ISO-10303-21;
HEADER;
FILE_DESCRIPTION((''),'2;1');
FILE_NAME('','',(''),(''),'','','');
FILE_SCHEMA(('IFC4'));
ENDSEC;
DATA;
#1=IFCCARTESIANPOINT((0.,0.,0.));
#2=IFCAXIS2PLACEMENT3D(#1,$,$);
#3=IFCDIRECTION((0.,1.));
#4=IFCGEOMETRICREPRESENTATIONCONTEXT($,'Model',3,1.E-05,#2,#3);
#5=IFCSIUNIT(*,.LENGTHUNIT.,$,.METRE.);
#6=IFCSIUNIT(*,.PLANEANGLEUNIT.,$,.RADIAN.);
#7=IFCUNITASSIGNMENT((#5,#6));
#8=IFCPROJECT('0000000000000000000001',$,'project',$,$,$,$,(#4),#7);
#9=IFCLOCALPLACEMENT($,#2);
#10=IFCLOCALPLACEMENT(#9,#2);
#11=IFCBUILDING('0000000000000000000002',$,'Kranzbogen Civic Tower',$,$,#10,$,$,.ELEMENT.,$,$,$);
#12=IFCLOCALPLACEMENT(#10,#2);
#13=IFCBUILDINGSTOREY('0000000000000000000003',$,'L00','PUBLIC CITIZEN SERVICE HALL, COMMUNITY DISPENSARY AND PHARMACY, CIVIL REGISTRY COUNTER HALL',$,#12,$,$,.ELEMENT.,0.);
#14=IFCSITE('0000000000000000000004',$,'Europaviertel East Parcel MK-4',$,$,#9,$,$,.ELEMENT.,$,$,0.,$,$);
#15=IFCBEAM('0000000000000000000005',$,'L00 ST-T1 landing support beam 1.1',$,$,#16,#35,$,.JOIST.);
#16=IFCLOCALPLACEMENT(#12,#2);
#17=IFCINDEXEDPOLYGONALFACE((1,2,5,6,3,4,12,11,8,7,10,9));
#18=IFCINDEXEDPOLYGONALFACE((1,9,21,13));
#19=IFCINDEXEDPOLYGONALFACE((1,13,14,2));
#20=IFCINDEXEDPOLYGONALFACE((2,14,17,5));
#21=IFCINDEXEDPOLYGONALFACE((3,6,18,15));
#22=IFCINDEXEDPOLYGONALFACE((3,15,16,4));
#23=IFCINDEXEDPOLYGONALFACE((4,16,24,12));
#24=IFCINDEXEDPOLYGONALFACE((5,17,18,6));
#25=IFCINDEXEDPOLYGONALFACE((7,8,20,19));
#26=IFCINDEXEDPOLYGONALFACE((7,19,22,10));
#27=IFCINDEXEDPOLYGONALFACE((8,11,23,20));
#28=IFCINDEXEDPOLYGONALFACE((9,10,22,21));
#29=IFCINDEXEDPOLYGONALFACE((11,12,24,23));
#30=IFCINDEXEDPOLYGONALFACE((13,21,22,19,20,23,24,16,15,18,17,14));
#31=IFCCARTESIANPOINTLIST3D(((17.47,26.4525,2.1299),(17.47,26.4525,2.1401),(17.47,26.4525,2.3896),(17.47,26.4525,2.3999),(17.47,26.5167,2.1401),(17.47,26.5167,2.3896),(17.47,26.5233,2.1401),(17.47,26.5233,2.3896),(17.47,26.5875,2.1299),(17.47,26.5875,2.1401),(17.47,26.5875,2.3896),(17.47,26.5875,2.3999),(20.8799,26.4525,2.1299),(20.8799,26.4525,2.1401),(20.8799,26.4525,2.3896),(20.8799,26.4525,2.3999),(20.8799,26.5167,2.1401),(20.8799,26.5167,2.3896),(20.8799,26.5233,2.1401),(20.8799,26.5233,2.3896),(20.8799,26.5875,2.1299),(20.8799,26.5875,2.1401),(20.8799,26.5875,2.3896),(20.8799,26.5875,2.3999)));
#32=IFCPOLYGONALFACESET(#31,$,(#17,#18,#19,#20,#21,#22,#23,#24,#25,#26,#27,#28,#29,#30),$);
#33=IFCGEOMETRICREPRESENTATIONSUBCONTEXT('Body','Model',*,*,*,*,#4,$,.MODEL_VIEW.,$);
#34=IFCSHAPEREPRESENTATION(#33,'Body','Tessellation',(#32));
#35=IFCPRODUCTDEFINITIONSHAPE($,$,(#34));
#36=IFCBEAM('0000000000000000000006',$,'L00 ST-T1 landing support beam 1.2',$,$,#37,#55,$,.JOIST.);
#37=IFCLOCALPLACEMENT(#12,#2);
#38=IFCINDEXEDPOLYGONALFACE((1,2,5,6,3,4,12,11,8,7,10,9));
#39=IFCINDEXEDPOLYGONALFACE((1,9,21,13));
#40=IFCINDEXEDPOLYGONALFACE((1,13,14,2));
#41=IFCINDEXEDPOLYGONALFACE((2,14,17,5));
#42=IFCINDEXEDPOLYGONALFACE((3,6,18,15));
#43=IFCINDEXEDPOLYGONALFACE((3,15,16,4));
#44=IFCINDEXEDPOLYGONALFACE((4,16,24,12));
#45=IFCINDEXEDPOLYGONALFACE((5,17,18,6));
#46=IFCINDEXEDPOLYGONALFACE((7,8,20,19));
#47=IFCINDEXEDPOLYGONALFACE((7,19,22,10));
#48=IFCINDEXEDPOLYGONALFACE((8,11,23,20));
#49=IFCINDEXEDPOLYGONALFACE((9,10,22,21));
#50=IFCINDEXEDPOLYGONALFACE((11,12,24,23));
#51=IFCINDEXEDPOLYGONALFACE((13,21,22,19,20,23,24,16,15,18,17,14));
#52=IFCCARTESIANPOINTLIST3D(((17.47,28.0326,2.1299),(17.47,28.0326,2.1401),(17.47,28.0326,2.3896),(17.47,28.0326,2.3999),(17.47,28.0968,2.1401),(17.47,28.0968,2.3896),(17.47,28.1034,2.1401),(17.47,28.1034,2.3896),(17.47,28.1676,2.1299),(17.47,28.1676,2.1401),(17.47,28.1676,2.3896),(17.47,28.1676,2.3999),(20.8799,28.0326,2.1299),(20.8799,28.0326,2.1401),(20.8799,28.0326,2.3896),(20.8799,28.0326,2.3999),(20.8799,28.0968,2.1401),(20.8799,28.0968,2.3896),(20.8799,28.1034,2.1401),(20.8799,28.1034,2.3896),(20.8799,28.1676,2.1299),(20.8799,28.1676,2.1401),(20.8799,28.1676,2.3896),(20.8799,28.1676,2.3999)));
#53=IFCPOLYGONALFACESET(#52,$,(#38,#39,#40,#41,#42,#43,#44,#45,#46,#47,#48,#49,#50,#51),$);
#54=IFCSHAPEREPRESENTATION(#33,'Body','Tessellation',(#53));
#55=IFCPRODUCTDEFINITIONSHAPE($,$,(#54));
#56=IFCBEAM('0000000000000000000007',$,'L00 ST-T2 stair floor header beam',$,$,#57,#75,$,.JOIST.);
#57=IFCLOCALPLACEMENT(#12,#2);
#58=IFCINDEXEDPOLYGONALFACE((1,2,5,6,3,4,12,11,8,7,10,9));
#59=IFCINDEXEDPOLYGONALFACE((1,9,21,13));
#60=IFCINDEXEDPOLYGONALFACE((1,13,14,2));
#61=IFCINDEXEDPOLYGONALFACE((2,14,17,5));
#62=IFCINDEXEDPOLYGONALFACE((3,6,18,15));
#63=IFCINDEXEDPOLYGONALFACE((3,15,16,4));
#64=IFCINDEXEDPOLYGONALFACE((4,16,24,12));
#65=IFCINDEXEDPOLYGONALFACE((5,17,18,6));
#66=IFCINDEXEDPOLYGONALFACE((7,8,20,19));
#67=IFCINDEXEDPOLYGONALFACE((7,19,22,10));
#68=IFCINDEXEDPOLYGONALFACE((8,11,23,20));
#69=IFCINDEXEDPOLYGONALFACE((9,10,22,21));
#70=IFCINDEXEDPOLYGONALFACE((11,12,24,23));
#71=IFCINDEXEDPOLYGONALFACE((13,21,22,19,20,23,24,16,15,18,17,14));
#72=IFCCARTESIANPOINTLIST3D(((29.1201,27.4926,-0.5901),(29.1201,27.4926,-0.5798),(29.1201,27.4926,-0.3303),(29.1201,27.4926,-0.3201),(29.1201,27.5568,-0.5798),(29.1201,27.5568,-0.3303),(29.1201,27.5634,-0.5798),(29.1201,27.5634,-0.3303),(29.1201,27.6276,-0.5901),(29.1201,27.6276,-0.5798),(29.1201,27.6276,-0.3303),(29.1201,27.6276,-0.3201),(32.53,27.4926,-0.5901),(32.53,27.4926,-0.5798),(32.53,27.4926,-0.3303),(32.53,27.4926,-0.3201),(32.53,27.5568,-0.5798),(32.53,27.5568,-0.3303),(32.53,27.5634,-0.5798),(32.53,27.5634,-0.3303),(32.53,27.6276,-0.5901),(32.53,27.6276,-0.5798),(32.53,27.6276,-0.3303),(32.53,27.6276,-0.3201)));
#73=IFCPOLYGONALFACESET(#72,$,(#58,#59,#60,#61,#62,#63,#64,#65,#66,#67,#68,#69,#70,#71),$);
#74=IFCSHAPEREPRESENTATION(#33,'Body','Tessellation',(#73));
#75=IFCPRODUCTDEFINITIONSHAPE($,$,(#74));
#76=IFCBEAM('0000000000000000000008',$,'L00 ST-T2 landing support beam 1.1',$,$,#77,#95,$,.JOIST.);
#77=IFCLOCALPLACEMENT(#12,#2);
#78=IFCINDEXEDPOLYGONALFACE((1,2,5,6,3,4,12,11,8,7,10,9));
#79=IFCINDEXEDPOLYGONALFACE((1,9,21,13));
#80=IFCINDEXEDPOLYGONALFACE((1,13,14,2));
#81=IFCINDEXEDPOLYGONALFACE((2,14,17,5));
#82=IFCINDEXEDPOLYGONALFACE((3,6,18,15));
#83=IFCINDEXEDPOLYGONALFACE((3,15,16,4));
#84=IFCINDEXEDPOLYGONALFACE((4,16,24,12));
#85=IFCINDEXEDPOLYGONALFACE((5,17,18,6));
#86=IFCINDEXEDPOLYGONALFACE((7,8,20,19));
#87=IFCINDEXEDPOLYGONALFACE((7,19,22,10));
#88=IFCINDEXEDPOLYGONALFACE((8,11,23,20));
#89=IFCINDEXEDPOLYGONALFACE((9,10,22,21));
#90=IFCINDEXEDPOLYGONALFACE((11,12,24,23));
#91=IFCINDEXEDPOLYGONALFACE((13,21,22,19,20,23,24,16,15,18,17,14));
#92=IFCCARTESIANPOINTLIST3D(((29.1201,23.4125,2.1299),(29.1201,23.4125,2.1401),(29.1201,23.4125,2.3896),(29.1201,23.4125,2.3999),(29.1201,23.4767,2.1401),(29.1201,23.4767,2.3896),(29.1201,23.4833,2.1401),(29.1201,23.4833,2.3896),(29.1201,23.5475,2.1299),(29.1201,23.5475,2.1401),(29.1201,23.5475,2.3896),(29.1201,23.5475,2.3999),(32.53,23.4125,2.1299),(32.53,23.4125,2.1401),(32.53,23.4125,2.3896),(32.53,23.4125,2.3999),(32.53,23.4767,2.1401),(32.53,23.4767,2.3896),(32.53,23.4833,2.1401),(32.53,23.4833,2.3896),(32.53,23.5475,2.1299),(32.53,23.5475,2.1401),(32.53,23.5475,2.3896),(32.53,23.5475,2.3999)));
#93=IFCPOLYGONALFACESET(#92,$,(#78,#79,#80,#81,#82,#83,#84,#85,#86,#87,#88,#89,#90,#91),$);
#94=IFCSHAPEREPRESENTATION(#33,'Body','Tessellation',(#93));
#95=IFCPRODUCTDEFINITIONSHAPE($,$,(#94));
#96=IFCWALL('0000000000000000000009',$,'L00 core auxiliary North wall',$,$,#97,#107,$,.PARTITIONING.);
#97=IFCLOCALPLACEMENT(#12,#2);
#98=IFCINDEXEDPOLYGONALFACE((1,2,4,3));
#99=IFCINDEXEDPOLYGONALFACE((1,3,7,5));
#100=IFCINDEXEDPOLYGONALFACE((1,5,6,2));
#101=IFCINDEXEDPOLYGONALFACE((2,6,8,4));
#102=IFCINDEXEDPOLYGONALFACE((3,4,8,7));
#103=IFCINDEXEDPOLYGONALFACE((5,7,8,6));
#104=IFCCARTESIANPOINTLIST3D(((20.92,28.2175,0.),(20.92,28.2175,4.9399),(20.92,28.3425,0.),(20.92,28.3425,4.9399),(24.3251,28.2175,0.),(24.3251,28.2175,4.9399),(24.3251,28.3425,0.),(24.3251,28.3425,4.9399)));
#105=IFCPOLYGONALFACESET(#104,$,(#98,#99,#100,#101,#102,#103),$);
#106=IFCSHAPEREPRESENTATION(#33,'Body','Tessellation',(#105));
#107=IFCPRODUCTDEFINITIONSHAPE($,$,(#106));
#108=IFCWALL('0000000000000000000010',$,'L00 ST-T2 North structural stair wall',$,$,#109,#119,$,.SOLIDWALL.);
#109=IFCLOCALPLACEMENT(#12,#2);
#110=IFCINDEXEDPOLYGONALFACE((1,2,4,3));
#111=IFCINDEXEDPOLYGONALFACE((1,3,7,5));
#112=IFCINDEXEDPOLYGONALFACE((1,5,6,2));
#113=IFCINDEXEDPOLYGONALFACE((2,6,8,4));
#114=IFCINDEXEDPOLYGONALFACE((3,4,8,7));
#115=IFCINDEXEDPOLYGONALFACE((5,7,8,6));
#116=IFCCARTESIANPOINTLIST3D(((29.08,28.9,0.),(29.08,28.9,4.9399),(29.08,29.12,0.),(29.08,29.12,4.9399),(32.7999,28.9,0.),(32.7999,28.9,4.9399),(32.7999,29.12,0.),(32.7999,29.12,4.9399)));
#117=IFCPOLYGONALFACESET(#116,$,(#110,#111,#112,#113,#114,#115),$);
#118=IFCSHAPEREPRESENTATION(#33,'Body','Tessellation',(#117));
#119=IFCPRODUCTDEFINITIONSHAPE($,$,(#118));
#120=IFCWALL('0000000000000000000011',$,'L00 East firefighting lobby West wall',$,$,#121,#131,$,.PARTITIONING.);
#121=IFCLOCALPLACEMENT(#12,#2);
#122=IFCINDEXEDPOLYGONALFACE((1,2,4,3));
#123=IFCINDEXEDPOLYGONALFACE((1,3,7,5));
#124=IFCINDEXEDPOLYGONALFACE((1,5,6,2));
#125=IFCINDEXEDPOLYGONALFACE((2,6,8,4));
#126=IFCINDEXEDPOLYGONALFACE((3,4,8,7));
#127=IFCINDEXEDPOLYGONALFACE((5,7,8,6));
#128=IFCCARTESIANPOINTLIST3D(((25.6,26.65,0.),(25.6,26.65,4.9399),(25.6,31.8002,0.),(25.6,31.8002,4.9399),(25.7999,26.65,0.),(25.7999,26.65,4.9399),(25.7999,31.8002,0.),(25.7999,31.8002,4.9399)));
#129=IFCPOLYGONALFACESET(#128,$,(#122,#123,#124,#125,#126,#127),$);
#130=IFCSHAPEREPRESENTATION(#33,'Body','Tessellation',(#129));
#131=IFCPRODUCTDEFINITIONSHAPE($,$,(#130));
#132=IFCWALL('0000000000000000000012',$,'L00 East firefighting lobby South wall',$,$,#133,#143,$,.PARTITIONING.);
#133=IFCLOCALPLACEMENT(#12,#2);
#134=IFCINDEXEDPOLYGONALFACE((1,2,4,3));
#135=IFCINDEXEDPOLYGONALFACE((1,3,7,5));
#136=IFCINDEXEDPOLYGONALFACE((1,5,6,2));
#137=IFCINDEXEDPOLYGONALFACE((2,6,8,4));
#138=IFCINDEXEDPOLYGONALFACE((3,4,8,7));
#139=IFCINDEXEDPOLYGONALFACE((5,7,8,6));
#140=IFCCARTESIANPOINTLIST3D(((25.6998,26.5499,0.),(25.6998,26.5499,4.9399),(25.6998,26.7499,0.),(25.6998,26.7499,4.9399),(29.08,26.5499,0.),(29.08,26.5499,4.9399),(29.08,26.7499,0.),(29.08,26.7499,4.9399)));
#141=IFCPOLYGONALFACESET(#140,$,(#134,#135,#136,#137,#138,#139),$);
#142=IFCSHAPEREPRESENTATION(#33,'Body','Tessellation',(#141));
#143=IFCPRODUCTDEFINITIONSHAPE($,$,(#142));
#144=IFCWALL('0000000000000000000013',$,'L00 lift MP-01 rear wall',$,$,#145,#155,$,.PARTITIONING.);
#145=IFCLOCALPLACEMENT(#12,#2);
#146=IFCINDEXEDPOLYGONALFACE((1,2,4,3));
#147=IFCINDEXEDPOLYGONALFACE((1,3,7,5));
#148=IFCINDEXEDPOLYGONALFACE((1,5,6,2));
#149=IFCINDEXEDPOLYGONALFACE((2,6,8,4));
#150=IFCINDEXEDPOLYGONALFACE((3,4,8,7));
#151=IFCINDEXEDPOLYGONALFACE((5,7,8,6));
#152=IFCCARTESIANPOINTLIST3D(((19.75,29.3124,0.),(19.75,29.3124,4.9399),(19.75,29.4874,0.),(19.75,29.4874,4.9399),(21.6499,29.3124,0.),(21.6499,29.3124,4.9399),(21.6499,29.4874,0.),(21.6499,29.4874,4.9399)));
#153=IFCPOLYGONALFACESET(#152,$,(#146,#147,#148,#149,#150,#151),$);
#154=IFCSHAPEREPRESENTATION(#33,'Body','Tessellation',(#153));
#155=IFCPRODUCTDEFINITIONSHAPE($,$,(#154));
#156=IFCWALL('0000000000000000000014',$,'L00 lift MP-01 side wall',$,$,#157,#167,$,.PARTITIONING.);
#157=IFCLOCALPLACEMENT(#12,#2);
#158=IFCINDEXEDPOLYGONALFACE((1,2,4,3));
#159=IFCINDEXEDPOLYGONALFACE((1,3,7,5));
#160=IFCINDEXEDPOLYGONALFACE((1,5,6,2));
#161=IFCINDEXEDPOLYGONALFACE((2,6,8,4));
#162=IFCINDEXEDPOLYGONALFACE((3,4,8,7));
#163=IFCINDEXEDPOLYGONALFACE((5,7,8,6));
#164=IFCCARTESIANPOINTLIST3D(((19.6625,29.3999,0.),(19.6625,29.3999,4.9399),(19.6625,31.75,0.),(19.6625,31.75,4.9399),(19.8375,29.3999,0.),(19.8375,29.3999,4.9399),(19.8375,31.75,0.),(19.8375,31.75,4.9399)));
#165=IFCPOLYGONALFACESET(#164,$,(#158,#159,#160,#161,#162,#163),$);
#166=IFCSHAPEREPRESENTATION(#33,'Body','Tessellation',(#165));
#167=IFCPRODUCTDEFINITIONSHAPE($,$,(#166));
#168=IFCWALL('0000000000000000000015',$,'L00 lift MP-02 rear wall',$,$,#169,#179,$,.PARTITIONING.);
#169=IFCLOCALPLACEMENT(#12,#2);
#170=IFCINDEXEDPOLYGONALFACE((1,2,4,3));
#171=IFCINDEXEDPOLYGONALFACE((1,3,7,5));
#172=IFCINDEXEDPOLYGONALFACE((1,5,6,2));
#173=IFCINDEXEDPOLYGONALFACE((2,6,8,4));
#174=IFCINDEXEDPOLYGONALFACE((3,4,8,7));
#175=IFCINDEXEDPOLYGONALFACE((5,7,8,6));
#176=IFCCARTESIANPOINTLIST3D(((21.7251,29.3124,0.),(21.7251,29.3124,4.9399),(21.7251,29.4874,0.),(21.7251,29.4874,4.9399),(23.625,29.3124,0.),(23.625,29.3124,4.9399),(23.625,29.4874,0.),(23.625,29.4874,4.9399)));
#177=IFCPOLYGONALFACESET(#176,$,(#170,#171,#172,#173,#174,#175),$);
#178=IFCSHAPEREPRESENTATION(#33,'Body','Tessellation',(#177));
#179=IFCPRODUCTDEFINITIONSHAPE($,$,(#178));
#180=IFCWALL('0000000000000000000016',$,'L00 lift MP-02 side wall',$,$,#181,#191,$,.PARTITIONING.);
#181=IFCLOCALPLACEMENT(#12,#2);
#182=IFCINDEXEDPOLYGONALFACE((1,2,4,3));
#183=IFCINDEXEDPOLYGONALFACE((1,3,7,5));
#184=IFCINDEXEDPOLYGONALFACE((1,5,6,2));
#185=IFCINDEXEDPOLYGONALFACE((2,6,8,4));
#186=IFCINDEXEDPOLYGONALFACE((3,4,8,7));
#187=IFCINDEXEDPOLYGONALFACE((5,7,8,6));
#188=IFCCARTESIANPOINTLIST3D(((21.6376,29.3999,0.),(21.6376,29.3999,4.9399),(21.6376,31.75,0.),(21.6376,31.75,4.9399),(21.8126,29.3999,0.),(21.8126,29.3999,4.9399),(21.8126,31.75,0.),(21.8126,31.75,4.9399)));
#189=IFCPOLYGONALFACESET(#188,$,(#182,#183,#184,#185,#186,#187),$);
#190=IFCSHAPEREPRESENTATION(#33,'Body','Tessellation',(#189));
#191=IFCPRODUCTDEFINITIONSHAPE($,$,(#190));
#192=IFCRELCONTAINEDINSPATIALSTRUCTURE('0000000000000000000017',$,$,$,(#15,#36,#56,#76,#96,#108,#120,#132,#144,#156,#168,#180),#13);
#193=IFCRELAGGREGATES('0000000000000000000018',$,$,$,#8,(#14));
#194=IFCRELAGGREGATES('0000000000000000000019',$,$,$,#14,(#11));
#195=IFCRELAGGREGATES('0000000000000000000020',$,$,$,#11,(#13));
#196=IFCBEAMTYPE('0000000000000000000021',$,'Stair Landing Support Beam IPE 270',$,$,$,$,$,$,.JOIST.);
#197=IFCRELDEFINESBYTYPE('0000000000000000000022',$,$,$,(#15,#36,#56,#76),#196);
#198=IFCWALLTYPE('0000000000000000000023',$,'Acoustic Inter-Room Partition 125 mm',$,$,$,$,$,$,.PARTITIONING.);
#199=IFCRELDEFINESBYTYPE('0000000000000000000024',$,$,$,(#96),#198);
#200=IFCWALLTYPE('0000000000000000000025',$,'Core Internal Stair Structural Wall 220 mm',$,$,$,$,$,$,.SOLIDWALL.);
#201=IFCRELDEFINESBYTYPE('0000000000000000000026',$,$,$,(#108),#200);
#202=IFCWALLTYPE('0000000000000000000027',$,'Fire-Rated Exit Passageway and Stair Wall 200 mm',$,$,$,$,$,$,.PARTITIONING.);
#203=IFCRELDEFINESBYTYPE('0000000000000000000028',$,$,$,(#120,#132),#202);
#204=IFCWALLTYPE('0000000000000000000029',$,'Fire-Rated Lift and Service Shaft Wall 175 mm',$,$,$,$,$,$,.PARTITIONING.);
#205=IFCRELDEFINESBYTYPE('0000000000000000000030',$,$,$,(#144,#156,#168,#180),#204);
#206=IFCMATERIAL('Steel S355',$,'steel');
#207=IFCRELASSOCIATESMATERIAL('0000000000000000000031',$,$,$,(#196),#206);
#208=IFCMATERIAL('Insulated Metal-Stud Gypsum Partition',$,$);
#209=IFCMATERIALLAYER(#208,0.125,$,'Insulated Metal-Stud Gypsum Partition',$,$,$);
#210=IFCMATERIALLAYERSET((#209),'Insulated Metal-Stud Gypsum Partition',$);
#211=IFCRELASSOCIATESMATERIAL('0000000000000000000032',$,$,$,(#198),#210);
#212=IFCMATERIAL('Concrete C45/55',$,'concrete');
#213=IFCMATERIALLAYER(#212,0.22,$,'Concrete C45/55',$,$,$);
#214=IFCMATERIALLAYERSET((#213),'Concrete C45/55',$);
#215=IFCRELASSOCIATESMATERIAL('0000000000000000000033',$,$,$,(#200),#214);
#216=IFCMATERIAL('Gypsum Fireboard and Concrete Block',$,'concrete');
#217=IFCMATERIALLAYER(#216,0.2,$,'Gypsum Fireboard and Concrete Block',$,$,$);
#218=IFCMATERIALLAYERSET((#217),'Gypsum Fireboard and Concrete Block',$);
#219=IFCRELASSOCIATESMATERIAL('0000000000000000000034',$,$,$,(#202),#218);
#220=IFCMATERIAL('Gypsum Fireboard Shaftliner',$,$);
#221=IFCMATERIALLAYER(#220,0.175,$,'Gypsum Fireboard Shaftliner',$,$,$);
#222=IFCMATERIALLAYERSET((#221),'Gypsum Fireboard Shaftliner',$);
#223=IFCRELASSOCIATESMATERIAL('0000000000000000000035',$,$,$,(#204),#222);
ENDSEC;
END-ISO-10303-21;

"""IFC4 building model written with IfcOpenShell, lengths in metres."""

from ifc_helpers import new_model, si_unit, direction, frame, frame_2d, origin, origin_2d, place, context, subcontext, project, spatial, rectangle, i_section, extrude, material, layer, layer_set, material_profile, profile_set, type_object, element, save


model = new_model("IFC4")

# Units and contexts
model_context = context("Model", 3, precision=1e-05, world=origin(), true_north=direction((0.0, 1.0)))
body_context = subcontext(model_context, "Body", "Model", "MODEL_VIEW")
ifc_project = project(units=[si_unit("LENGTHUNIT", "METRE"), si_unit("PLANEANGLEUNIT", "RADIAN")], contexts=[model_context])

# Site, building, storey
site_placement = place(None, origin())
site = spatial("IfcSite", under=ifc_project, at=site_placement, Name="Europaviertel East Parcel MK-4", CompositionType="ELEMENT", RefElevation=0.0)
building_placement = place(site_placement, origin())
building = spatial("IfcBuilding", under=site, at=building_placement, Name="Kranzbogen Civic Tower", CompositionType="ELEMENT")
storey_placement = place(building_placement, origin())
storey = spatial("IfcBuildingStorey", under=building, at=storey_placement, Name="L00", Description="PUBLIC CITIZEN SERVICE HALL, COMMUNITY DISPENSARY AND PHARMACY, CIVIL REGISTRY COUNTER HALL", CompositionType="ELEMENT", Elevation=0.0)

# Beams
ifc_material_1 = material(Name="Steel S355", Category="steel")
ifc_material_profile = material_profile(ifc_material_1, i_section(OverallWidth=0.135, OverallDepth=0.27, WebThickness=0.0066, FlangeThickness=0.0103, at=origin_2d()), Name="IPE 270")
ifc_profile_set = profile_set([ifc_material_profile], Name="Steel S355")
beam_type = type_object("IfcBeamType", Name="Stair Landing Support Beam IPE 270", PredefinedType="JOIST", material=ifc_profile_set)
for number, where, z_axis, x_axis, name in (
    (1, (20.8799, 26.52, 2.2649), (-1.0, 0.0, 0.0), (0.0, -1.0, 0.0), "L00 ST-T1 landing support beam 1.1"),
    (2, (20.8799, 28.1001, 2.2649), (-1.0, 0.0, 0.0), (0.0, -1.0, 0.0), "L00 ST-T1 landing support beam 1.2"),
    (3, (29.1201, 27.5601, -0.4551), (1.0, 0.0, 0.0), (0.0, 1.0, 0.0), "L00 ST-T2 stair floor header beam"),
    (4, (29.1201, 23.48, 2.2649), (1.0, 0.0, 0.0), (0.0, 1.0, 0.0), "L00 ST-T2 landing support beam 1.1"),
):
    element("IfcBeam", number, at=place(storey_placement, frame(where, z_axis=z_axis, x_axis=x_axis)), inside=storey, type_object=beam_type, Name=name, PredefinedType="JOIST", context=body_context, shape_type="SweptSolid", body=[
        extrude(i_section(OverallWidth=0.135, OverallDepth=0.27, WebThickness=0.0066, FlangeThickness=0.0103, at=origin_2d()), origin(), (0.0, 0.0, 1.0), 3.4099),
    ])

# Walls
ifc_material_2 = material(Name="Insulated Metal-Stud Gypsum Partition")
ifc_layer_1 = layer(ifc_material_2, 0.125, Name="Insulated Metal-Stud Gypsum Partition")
ifc_layer_set_1 = layer_set([ifc_layer_1], Name="Insulated Metal-Stud Gypsum Partition")
wall_type_1 = type_object("IfcWallType", Name="Acoustic Inter-Room Partition 125 mm", PredefinedType="PARTITIONING", material=ifc_layer_set_1)
wall_1_placement = place(storey_placement, frame((20.9199, 28.28, 0.0), z_axis=(0.0, 0.0, 1.0), x_axis=(1.0, 0.0, 0.0)))
element("IfcWall", 5, at=wall_1_placement, inside=storey, type_object=wall_type_1, Name="L00 core auxiliary North wall", PredefinedType="PARTITIONING", context=body_context, shape_type="SweptSolid", body=[
    extrude(rectangle(XDim=3.405, YDim=0.125, at=frame_2d((1.7026, 0.0))), origin(), (0.0, 0.0, 1.0), 4.9399),
])
ifc_material_3 = material(Name="Concrete C45/55", Category="concrete")
ifc_layer_2 = layer(ifc_material_3, 0.22, Name="Concrete C45/55")
ifc_layer_set_2 = layer_set([ifc_layer_2], Name="Concrete C45/55")
wall_type_2 = type_object("IfcWallType", Name="Core Internal Stair Structural Wall 220 mm", PredefinedType="SOLIDWALL", material=ifc_layer_set_2)
wall_2_placement = place(storey_placement, frame((29.0801, 29.01, 0.0), z_axis=(0.0, 0.0, 1.0), x_axis=(1.0, 0.0, 0.0)))
element("IfcWall", 6, at=wall_2_placement, inside=storey, type_object=wall_type_2, Name="L00 ST-T2 North structural stair wall", PredefinedType="SOLIDWALL", context=body_context, shape_type="SweptSolid", body=[
    extrude(rectangle(XDim=3.72, YDim=0.22, at=frame_2d((1.8599, 0.0))), origin(), (0.0, 0.0, 1.0), 4.9399),
])
ifc_material_4 = material(Name="Gypsum Fireboard and Concrete Block", Category="concrete")
ifc_layer_3 = layer(ifc_material_4, 0.2, Name="Gypsum Fireboard and Concrete Block")
ifc_layer_set_3 = layer_set([ifc_layer_3], Name="Gypsum Fireboard and Concrete Block")
wall_type_3 = type_object("IfcWallType", Name="Fire-Rated Exit Passageway and Stair Wall 200 mm", PredefinedType="PARTITIONING", material=ifc_layer_set_3)
wall_3_placement = place(storey_placement, frame((25.7, 26.6499, 0.0), z_axis=(0.0, 0.0, 1.0), x_axis=(0.0, 1.0, 0.0)))
element("IfcWall", 7, at=wall_3_placement, inside=storey, type_object=wall_type_3, Name="L00 East firefighting lobby West wall", PredefinedType="PARTITIONING", context=body_context, shape_type="SweptSolid", body=[
    extrude(rectangle(XDim=5.1501, YDim=0.2, at=frame_2d((2.5752, 0.0))), origin(), (0.0, 0.0, 1.0), 4.9399),
])
wall_4_placement = place(storey_placement, frame((25.7, 26.6499, 0.0), z_axis=(0.0, 0.0, 1.0), x_axis=(1.0, 0.0, 0.0)))
element("IfcWall", 8, at=wall_4_placement, inside=storey, type_object=wall_type_3, Name="L00 East firefighting lobby South wall", PredefinedType="PARTITIONING", context=body_context, shape_type="SweptSolid", body=[
    extrude(rectangle(XDim=3.3801, YDim=0.2, at=frame_2d((1.6899, 0.0))), origin(), (0.0, 0.0, 1.0), 4.9399),
])
ifc_material_5 = material(Name="Gypsum Fireboard Shaftliner")
ifc_layer_4 = layer(ifc_material_5, 0.175, Name="Gypsum Fireboard Shaftliner")
ifc_layer_set_4 = layer_set([ifc_layer_4], Name="Gypsum Fireboard Shaftliner")
wall_type_4 = type_object("IfcWallType", Name="Fire-Rated Lift and Service Shaft Wall 175 mm", PredefinedType="PARTITIONING", material=ifc_layer_set_4)
wall_5_placement = place(storey_placement, frame((19.75, 29.3999, 0.0), z_axis=(0.0, 0.0, 1.0), x_axis=(1.0, 0.0, 0.0)))
element("IfcWall", 9, at=wall_5_placement, inside=storey, type_object=wall_type_4, Name="L00 lift MP-01 rear wall", PredefinedType="PARTITIONING", context=body_context, shape_type="SweptSolid", body=[
    extrude(rectangle(XDim=1.8999, YDim=0.175, at=frame_2d((0.95, 0.0))), origin(), (0.0, 0.0, 1.0), 4.9399),
])
wall_6_placement = place(storey_placement, frame((19.75, 29.3999, 0.0), z_axis=(0.0, 0.0, 1.0), x_axis=(0.0, 1.0, 0.0)))
element("IfcWall", 10, at=wall_6_placement, inside=storey, type_object=wall_type_4, Name="L00 lift MP-01 side wall", PredefinedType="PARTITIONING", context=body_context, shape_type="SweptSolid", body=[
    extrude(rectangle(XDim=2.3501, YDim=0.175, at=frame_2d((1.175, 0.0))), origin(), (0.0, 0.0, 1.0), 4.9399),
])
wall_7_placement = place(storey_placement, frame((21.7251, 29.3999, 0.0), z_axis=(0.0, 0.0, 1.0), x_axis=(1.0, 0.0, 0.0)))
element("IfcWall", 11, at=wall_7_placement, inside=storey, type_object=wall_type_4, Name="L00 lift MP-02 rear wall", PredefinedType="PARTITIONING", context=body_context, shape_type="SweptSolid", body=[
    extrude(rectangle(XDim=1.8999, YDim=0.175, at=frame_2d((0.95, 0.0))), origin(), (0.0, 0.0, 1.0), 4.9399),
])
wall_8_placement = place(storey_placement, frame((21.7251, 29.3999, 0.0), z_axis=(0.0, 0.0, 1.0), x_axis=(0.0, 1.0, 0.0)))
element("IfcWall", 12, at=wall_8_placement, inside=storey, type_object=wall_type_4, Name="L00 lift MP-02 side wall", PredefinedType="PARTITIONING", context=body_context, shape_type="SweptSolid", body=[
    extrude(rectangle(XDim=2.3501, YDim=0.175, at=frame_2d((1.175, 0.0))), origin(), (0.0, 0.0, 1.0), 4.9399),
])

save(model, "model.ifc")
